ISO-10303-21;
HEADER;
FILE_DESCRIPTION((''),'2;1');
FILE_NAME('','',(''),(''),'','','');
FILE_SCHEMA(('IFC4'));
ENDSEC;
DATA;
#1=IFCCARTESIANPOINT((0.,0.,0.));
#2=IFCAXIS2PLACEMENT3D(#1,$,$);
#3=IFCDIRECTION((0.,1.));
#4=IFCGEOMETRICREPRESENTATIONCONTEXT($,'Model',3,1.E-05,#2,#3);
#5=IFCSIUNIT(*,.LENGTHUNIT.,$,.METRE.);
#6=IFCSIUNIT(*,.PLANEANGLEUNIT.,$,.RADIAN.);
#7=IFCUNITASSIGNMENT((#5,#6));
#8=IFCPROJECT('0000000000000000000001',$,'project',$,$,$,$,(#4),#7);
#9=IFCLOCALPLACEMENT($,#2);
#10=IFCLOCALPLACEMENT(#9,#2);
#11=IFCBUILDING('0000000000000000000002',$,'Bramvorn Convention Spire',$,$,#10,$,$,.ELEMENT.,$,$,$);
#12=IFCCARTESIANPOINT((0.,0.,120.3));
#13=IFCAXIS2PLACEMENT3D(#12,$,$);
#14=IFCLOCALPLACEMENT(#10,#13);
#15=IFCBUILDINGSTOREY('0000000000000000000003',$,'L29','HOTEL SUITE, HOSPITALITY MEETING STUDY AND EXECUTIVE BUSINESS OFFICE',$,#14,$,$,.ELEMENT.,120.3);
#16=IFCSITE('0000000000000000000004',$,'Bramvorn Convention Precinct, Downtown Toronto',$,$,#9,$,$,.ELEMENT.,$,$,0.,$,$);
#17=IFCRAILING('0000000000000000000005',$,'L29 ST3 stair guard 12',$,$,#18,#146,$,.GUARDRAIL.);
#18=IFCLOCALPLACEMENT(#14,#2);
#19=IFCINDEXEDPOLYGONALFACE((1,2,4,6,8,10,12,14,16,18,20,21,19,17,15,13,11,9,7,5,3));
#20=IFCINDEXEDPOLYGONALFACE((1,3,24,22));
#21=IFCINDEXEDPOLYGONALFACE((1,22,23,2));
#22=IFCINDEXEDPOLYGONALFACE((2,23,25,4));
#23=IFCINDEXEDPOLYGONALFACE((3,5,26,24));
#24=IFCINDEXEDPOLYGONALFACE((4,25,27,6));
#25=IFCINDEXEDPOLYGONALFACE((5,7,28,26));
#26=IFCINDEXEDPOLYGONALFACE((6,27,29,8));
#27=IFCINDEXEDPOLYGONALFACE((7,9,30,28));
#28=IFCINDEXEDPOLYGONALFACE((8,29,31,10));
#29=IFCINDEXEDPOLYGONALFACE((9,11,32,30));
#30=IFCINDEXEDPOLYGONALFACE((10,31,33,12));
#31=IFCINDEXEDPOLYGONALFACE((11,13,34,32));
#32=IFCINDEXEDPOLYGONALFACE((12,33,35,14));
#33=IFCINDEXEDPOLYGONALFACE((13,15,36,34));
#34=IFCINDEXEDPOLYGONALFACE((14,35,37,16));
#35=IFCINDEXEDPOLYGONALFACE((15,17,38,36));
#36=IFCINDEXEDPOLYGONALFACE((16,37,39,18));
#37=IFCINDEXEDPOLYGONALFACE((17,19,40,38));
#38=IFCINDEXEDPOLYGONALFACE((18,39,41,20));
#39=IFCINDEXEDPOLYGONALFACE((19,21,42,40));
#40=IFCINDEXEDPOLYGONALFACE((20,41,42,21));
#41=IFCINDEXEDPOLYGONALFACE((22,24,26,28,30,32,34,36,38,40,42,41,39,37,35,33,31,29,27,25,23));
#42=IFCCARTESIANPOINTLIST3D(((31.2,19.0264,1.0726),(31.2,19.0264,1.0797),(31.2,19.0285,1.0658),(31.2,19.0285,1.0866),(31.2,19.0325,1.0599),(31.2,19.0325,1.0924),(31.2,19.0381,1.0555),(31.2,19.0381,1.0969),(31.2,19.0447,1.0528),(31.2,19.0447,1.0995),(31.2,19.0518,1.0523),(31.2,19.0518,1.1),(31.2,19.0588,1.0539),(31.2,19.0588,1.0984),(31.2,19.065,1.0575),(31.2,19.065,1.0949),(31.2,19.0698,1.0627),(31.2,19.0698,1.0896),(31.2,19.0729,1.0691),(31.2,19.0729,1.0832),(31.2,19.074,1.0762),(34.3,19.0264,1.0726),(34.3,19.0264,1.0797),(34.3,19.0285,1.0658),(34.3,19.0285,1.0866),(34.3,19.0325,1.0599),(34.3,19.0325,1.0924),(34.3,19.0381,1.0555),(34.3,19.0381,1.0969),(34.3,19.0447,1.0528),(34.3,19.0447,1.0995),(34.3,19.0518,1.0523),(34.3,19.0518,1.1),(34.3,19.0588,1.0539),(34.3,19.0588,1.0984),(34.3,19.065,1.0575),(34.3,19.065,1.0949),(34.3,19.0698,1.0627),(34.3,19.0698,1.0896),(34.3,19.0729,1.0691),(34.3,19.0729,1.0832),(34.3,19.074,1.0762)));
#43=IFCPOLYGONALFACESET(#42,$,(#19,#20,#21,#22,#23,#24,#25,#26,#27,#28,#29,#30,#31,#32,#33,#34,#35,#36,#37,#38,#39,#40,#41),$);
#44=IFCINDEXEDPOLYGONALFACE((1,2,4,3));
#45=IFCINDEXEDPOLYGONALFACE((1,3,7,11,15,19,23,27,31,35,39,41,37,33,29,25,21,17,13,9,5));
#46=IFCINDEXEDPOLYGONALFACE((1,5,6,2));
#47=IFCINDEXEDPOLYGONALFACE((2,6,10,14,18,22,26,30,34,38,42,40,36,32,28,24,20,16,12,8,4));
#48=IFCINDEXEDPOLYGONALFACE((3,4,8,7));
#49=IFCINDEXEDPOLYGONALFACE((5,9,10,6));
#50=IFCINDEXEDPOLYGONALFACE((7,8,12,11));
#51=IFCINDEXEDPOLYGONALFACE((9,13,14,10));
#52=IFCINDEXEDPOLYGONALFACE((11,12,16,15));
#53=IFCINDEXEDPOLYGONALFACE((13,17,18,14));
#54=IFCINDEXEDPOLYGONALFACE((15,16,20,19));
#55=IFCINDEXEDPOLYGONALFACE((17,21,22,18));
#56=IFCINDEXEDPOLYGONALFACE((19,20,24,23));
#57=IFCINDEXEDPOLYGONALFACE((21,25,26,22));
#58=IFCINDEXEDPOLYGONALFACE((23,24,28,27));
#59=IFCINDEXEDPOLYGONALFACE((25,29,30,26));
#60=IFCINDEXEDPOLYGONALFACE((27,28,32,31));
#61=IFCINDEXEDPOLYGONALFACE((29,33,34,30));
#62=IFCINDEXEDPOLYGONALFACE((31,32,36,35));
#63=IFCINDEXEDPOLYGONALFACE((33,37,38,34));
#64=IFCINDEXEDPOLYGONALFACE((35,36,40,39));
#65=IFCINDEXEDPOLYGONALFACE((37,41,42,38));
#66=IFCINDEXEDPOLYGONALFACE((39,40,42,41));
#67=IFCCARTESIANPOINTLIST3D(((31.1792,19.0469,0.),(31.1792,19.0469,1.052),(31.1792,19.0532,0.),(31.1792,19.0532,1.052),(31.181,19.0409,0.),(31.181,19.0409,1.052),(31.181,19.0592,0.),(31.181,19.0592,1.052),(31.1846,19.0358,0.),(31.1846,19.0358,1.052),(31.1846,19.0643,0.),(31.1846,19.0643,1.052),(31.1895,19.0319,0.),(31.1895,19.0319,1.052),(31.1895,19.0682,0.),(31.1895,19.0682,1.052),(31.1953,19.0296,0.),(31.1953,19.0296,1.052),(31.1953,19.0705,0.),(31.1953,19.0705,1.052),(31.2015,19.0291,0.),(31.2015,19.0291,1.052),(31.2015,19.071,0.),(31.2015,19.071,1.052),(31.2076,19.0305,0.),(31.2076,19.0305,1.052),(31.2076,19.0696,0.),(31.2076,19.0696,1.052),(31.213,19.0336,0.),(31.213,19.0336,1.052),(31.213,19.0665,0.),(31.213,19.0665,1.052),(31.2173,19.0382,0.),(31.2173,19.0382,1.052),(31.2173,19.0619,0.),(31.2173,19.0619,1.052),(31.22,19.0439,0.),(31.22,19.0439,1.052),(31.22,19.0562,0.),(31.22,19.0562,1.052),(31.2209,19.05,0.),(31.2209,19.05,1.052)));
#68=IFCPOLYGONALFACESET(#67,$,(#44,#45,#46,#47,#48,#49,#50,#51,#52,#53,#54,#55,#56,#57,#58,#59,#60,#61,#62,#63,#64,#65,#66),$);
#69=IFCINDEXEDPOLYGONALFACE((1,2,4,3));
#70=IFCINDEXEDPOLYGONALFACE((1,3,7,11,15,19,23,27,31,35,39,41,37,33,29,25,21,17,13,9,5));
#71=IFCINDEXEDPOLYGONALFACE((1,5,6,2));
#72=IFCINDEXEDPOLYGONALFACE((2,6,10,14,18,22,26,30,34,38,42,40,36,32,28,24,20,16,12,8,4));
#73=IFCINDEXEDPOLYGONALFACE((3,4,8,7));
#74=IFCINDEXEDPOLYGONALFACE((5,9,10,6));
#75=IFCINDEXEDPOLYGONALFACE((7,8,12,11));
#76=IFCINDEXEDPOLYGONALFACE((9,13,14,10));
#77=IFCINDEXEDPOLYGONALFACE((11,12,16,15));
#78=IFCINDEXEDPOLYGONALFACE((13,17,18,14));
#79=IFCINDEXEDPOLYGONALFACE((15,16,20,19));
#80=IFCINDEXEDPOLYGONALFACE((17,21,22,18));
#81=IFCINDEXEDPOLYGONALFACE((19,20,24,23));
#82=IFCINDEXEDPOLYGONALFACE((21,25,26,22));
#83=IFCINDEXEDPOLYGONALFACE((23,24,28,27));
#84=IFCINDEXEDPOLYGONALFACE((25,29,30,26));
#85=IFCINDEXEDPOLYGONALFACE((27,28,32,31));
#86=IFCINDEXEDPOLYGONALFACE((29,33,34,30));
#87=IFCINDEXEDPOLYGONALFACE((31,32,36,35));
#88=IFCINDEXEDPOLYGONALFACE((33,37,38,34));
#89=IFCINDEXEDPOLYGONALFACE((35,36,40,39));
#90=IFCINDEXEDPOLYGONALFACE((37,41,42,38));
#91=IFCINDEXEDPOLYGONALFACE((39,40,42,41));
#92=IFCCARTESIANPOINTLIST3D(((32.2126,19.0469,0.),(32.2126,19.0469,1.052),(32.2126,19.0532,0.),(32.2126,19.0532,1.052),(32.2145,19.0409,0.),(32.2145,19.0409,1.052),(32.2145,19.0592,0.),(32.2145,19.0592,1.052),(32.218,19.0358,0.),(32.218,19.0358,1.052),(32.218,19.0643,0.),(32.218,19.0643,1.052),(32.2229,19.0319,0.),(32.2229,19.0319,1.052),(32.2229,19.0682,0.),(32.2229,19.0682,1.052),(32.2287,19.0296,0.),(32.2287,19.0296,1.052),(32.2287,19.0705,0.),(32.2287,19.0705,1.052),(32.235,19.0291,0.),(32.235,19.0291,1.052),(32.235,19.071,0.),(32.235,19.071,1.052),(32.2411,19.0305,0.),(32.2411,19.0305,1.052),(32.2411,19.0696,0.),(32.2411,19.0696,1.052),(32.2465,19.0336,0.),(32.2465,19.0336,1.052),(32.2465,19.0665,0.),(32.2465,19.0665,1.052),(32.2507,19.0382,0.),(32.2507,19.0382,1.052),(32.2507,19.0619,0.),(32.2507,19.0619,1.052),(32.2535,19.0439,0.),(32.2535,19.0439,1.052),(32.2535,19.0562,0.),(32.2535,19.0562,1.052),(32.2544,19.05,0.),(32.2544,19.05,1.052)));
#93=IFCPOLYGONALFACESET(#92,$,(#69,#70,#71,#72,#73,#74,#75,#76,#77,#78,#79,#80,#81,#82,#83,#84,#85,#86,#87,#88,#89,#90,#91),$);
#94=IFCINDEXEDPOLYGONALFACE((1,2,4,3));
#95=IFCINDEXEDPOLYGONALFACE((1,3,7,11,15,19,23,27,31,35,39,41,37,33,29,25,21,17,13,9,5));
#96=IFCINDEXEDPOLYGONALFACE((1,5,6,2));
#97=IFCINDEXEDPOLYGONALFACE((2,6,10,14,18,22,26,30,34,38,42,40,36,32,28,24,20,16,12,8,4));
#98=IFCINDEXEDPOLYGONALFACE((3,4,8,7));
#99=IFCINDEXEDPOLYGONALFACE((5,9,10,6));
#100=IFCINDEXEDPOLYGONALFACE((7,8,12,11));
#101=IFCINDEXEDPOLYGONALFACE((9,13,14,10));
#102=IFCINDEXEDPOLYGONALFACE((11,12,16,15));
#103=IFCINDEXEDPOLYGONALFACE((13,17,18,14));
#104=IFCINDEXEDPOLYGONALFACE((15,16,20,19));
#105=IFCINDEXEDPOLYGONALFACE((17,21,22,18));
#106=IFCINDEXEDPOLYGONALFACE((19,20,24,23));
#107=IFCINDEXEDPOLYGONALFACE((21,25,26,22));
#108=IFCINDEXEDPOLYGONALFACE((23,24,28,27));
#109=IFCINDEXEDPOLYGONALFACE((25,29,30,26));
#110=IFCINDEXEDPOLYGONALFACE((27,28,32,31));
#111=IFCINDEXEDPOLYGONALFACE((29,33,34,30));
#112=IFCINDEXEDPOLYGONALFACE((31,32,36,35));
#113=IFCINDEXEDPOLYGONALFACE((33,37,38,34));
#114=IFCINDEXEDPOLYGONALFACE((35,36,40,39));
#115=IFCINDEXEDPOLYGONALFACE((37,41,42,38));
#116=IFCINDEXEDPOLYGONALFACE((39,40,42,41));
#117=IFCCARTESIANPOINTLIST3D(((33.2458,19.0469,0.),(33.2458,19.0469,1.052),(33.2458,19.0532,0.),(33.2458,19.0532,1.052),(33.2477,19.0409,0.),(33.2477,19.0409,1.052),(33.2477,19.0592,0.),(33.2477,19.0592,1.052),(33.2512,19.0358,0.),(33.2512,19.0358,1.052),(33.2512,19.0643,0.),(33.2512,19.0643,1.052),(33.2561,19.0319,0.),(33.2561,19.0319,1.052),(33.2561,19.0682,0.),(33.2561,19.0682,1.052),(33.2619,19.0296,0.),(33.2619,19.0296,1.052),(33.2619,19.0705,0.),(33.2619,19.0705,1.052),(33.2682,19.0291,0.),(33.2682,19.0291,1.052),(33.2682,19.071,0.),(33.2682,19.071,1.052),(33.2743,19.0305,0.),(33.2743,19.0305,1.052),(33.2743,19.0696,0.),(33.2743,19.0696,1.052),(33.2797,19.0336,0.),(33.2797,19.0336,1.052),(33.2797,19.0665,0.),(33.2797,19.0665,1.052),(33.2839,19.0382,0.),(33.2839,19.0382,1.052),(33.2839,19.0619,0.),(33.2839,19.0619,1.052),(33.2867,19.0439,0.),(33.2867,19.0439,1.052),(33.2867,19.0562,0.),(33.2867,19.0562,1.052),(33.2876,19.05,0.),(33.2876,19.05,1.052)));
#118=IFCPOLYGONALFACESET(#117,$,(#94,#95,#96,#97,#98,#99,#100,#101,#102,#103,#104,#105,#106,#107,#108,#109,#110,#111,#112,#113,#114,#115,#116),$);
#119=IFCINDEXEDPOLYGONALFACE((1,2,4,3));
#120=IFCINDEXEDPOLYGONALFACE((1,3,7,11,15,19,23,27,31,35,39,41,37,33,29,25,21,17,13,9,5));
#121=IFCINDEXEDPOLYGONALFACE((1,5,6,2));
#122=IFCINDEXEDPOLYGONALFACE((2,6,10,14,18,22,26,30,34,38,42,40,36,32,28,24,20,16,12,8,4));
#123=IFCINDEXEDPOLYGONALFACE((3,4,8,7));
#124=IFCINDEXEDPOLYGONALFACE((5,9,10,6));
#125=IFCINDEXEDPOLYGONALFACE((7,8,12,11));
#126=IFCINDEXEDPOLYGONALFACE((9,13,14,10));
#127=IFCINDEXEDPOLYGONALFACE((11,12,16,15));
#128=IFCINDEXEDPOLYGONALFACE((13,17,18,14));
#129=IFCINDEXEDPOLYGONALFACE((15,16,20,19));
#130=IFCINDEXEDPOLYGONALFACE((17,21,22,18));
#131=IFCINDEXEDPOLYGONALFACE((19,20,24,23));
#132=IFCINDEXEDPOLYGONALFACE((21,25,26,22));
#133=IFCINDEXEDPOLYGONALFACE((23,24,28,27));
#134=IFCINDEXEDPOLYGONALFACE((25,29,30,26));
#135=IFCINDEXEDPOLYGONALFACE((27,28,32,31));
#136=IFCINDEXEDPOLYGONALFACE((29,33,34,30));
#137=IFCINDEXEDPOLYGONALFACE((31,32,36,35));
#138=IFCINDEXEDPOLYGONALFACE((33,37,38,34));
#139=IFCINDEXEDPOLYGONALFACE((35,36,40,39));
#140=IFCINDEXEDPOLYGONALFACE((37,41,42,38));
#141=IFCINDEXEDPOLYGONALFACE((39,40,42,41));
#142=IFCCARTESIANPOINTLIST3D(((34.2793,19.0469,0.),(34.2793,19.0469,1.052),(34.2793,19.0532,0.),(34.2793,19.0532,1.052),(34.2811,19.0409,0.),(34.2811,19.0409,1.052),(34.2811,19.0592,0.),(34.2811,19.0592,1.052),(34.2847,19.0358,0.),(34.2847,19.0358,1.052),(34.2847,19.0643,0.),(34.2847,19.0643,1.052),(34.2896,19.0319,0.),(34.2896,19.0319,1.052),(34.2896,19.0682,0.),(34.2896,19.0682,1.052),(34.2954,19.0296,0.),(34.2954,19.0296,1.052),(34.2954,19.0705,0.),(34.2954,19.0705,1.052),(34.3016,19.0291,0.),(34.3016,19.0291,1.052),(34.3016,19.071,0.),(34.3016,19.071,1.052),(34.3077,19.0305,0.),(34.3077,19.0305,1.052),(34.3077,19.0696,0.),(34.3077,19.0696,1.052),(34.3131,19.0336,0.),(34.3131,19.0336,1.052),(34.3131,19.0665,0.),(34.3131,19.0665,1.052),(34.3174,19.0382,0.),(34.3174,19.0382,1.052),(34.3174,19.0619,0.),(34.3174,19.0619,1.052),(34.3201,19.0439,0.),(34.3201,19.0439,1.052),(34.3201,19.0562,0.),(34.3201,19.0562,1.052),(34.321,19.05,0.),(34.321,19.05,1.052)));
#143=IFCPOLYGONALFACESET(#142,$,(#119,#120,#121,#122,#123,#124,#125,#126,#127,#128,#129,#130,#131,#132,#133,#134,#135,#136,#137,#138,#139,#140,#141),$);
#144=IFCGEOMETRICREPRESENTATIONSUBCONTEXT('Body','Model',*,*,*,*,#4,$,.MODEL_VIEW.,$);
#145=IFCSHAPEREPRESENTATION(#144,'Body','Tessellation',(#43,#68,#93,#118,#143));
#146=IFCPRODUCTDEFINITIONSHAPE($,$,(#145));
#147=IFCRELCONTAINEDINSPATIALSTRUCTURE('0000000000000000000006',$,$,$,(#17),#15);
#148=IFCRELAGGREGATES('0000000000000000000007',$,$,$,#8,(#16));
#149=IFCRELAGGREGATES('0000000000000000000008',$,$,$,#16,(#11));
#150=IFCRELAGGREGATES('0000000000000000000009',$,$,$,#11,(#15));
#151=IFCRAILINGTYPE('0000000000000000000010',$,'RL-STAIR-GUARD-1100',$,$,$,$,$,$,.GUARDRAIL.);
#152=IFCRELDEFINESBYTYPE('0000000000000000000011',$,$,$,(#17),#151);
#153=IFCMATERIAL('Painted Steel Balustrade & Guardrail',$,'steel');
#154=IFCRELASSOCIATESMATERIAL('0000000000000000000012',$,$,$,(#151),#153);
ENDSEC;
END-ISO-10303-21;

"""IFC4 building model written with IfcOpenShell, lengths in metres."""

from ifc_helpers import new_model, si_unit, direction, frame, origin, origin_2d, place, context, subcontext, project, spatial, circle, extrude, material, type_object, element, save


model = new_model("IFC4")

# Units and contexts
model_context = context("Model", 3, precision=1e-05, world=origin(), true_north=direction((0.0, 1.0)))
body_context = subcontext(model_context, "Body", "Model", "MODEL_VIEW")
ifc_project = project(units=[si_unit("LENGTHUNIT", "METRE"), si_unit("PLANEANGLEUNIT", "RADIAN")], contexts=[model_context])

# Site, building, storey
site_placement = place(None, origin())
site = spatial("IfcSite", under=ifc_project, at=site_placement, Name="Bramvorn Convention Precinct, Downtown Toronto", CompositionType="ELEMENT", RefElevation=0.0)
building_placement = place(site_placement, origin())
building = spatial("IfcBuilding", under=site, at=building_placement, Name="Bramvorn Convention Spire", CompositionType="ELEMENT")
storey_placement = place(building_placement, frame((0.0, 0.0, 120.3)))
storey = spatial("IfcBuildingStorey", under=building, at=storey_placement, Name="L29", Description="HOTEL SUITE, HOSPITALITY MEETING STUDY AND EXECUTIVE BUSINESS OFFICE", CompositionType="ELEMENT", Elevation=120.3)

# Railing
ifc_material_1 = material(Name="Painted Steel Balustrade & Guardrail", Category="steel")
railing_type = type_object("IfcRailingType", Name="RL-STAIR-GUARD-1100", PredefinedType="GUARDRAIL", material=ifc_material_1)
railing_1_placement = place(storey_placement, frame((31.2, 19.05, 0.0)))
element("IfcRailing", 1, at=railing_1_placement, inside=storey, type_object=railing_type, Name="L29 ST3 stair guard 12", PredefinedType="GUARDRAIL", context=body_context, shape_type="SweptSolid", body=[
    extrude(circle(Radius=0.0239, at=origin_2d()), frame((0.0, 0.0, 1.0762), z_axis=(1.0, 0.0, 0.0), x_axis=(0.0, 1.0, 0.0)), (0.0, 0.0, 1.0), 3.1001),
    extrude(circle(Radius=0.021, at=origin_2d()), origin(), (0.0, 0.0, 1.0), 1.052),
    extrude(circle(Radius=0.021, at=origin_2d()), frame((1.0334, 0.0, 0.0)), (0.0, 0.0, 1.0), 1.052),
    extrude(circle(Radius=0.021, at=origin_2d()), frame((2.0667, 0.0, 0.0)), (0.0, 0.0, 1.0), 1.052),
    extrude(circle(Radius=0.021, at=origin_2d()), frame((3.1001, 0.0, 0.0)), (0.0, 0.0, 1.0), 1.052),
])

save(model, "model.ifc")
